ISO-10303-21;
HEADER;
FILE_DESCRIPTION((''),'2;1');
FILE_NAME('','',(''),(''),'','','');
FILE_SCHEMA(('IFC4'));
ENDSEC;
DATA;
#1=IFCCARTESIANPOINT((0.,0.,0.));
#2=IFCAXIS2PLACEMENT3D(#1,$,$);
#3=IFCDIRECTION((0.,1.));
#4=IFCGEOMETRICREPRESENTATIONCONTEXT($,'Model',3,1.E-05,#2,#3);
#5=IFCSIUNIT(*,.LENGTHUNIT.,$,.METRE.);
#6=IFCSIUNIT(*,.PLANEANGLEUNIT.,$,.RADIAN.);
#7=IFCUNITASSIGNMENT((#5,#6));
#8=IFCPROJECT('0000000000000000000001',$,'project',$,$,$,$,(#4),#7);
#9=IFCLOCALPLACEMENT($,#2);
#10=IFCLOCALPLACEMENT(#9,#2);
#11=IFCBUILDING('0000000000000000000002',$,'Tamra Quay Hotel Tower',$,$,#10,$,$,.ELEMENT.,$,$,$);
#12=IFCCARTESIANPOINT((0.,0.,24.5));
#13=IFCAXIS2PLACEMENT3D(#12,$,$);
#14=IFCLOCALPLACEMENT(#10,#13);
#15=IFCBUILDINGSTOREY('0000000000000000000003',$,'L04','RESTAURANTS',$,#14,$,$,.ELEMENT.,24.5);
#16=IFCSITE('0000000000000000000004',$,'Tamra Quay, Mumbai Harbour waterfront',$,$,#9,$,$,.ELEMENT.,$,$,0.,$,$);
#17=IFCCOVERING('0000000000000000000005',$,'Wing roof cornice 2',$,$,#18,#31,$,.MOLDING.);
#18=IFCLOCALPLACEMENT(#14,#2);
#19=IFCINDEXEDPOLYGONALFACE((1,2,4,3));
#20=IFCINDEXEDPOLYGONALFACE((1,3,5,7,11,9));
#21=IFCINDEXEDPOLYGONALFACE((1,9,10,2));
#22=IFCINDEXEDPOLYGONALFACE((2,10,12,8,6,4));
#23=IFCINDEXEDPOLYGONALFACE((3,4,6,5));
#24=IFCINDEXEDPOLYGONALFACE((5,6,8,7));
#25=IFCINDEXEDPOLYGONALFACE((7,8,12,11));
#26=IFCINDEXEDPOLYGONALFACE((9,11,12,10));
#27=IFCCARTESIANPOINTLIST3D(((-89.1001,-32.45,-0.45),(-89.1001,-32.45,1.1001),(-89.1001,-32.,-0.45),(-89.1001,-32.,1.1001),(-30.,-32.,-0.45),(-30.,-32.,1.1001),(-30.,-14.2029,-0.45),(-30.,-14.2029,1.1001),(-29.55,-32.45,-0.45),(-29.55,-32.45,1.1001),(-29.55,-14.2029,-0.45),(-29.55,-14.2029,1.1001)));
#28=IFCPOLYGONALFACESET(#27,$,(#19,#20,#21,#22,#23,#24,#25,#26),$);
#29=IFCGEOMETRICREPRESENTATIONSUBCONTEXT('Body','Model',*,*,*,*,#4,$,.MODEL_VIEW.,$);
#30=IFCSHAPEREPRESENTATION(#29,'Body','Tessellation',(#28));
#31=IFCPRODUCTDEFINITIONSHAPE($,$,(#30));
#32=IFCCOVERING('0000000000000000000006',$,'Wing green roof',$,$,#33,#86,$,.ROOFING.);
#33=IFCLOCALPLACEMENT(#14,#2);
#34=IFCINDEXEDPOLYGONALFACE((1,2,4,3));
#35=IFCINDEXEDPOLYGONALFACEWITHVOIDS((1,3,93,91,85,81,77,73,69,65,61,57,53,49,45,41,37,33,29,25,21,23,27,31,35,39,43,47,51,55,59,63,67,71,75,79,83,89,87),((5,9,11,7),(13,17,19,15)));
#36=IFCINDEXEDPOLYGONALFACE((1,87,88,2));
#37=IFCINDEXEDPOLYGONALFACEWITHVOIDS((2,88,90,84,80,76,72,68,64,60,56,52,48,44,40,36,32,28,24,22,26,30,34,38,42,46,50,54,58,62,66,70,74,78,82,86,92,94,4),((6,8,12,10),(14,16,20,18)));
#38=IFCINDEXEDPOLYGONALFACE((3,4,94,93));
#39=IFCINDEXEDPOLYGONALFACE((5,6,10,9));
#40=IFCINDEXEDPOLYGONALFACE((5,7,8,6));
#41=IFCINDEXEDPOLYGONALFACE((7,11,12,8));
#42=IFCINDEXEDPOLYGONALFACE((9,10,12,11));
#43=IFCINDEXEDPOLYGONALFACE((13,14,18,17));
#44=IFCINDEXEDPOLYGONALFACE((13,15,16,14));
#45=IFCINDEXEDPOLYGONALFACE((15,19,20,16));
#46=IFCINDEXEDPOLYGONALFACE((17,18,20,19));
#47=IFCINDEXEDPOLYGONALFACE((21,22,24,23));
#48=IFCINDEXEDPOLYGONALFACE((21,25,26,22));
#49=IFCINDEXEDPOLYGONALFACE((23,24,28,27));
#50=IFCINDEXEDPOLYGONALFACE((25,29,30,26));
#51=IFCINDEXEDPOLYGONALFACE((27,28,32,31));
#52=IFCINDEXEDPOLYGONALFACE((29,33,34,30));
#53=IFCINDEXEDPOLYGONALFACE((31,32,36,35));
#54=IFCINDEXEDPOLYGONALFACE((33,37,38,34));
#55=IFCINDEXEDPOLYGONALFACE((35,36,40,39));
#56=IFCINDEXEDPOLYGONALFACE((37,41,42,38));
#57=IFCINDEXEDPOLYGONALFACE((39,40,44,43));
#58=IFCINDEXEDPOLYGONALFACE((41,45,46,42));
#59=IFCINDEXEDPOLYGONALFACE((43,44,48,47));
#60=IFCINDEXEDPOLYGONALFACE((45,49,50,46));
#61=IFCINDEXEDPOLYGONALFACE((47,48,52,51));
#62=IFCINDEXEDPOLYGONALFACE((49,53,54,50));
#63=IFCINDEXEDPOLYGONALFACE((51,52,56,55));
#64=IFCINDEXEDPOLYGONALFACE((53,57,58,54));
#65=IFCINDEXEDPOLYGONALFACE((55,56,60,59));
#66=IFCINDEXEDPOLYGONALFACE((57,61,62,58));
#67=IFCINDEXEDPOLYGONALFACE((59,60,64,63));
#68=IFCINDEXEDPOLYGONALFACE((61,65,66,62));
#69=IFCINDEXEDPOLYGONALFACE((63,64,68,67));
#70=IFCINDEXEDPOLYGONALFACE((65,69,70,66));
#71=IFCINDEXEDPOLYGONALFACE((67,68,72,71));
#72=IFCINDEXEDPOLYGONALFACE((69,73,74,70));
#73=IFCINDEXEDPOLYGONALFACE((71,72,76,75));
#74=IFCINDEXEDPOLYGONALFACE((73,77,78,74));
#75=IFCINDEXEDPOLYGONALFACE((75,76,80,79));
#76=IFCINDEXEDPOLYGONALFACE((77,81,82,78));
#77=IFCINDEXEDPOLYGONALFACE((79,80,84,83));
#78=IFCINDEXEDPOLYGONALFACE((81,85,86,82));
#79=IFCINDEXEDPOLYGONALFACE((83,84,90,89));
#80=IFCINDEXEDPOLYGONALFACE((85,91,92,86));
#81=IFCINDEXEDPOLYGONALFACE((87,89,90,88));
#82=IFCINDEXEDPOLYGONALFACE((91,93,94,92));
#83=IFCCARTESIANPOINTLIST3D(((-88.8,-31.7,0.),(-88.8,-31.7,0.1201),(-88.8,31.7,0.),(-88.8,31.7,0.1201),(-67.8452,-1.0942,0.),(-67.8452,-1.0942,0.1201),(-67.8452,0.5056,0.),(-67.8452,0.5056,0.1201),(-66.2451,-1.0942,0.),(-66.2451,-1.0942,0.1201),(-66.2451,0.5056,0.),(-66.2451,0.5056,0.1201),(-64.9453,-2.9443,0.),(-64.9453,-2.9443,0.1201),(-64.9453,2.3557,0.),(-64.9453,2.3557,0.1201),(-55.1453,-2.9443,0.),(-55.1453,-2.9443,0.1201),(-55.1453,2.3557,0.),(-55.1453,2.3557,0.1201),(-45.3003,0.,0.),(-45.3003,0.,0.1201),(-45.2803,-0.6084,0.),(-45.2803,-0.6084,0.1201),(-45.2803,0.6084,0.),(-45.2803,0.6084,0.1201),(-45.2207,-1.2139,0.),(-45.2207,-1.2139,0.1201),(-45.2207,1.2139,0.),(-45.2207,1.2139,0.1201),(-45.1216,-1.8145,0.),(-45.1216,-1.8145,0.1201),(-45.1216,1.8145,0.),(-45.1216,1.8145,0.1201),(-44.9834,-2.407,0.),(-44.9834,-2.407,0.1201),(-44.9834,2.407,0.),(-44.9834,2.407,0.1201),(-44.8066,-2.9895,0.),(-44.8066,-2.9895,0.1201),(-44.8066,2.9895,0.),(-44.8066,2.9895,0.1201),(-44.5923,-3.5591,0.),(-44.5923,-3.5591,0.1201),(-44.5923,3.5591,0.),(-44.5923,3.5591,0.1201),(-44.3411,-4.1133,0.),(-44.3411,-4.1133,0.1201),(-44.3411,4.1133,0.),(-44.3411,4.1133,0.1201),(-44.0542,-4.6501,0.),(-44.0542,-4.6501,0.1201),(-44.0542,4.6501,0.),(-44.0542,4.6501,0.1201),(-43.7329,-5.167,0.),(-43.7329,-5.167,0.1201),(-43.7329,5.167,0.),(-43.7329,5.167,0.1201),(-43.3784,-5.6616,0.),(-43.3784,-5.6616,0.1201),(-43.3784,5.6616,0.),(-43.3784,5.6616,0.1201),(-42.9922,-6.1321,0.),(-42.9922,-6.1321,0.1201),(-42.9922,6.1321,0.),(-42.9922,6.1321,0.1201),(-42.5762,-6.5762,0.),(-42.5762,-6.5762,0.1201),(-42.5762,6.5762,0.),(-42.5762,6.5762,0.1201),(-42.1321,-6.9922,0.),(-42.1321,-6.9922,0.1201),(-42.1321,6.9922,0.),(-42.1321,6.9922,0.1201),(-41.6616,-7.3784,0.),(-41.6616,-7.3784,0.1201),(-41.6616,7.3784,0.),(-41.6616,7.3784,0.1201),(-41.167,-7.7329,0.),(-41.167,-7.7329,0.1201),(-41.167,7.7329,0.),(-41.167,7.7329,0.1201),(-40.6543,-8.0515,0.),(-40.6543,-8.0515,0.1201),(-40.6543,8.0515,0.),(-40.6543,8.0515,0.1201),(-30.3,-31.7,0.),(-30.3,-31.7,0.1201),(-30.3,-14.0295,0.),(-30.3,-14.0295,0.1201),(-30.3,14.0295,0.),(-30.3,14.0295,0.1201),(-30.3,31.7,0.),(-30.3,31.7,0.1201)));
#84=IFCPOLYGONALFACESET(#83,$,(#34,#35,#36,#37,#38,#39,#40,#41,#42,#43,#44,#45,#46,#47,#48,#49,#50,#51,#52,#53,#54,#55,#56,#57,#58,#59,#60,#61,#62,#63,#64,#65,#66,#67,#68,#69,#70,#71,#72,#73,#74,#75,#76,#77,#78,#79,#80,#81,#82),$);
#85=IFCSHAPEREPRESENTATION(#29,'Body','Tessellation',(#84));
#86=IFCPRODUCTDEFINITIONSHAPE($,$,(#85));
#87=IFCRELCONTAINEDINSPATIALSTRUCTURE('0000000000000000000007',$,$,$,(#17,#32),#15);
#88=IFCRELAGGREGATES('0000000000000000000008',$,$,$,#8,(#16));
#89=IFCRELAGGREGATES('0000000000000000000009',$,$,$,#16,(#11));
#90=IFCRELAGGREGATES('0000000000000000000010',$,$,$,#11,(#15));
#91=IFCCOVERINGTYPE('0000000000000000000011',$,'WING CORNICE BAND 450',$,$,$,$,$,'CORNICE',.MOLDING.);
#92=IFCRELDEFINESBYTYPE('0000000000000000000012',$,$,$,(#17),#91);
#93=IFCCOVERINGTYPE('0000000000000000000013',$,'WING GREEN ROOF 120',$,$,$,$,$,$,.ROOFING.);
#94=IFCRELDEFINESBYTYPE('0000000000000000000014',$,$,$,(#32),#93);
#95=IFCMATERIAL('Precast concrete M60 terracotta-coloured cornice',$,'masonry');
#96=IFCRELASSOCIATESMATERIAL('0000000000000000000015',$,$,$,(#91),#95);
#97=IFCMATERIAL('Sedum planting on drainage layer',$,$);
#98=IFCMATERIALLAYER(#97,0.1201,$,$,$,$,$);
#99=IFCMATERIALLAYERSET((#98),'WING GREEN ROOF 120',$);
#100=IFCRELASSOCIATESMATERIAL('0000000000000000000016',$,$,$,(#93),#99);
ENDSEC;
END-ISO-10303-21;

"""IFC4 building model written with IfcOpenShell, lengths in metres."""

from ifc_helpers import new_model, si_unit, direction, frame, origin, place, context, subcontext, project, spatial, polyline, outline, extrude, material, layer, layer_set, type_object, element, save


model = new_model("IFC4")

# Units and contexts
model_context = context("Model", 3, precision=1e-05, world=origin(), true_north=direction((0.0, 1.0)))
body_context = subcontext(model_context, "Body", "Model", "MODEL_VIEW")
ifc_project = project(units=[si_unit("LENGTHUNIT", "METRE"), si_unit("PLANEANGLEUNIT", "RADIAN")], contexts=[model_context])

# Site, building, storey
site_placement = place(None, origin())
site = spatial("IfcSite", under=ifc_project, at=site_placement, Name="Tamra Quay, Mumbai Harbour waterfront", CompositionType="ELEMENT", RefElevation=0.0)
building_placement = place(site_placement, origin())
building = spatial("IfcBuilding", under=site, at=building_placement, Name="Tamra Quay Hotel Tower", CompositionType="ELEMENT")
storey_placement = place(building_placement, frame((0.0, 0.0, 24.5)))
storey = spatial("IfcBuildingStorey", under=building, at=storey_placement, Name="L04", Description="RESTAURANTS", CompositionType="ELEMENT", Elevation=24.5)

# Coverings
ifc_material_1 = material(Name="Precast concrete M60 terracotta-coloured cornice", Category="masonry")
covering_type_1 = type_object("IfcCoveringType", Name="WING CORNICE BAND 450", ElementType="CORNICE", PredefinedType="MOLDING", material=ifc_material_1)
covering_1_placement = place(storey_placement, frame((0.0, 0.0, -0.45)))
element("IfcCovering", 1, at=covering_1_placement, inside=storey, type_object=covering_type_1, Name="Wing roof cornice 2", PredefinedType="MOLDING", context=body_context, shape_type="SweptSolid", body=[
    extrude(outline(polyline([(-89.1001, -32.0), (-89.1001, -32.45), (-29.55, -32.45), (-29.55, -14.2029), (-30.0, -14.2029), (-30.0, -32.0), (-89.1001, -32.0)])), origin(), (0.0, 0.0, 1.0), 1.55),
])
ifc_material_2 = material(Name="Sedum planting on drainage layer")
ifc_layer_1 = layer(ifc_material_2, 0.1201)
ifc_layer_set_1 = layer_set([ifc_layer_1], Name="WING GREEN ROOF 120")
covering_type_2 = type_object("IfcCoveringType", Name="WING GREEN ROOF 120", PredefinedType="ROOFING", material=ifc_layer_set_1)
covering_2_placement = place(storey_placement, origin())
element("IfcCovering", 2, at=covering_2_placement, inside=storey, type_object=covering_type_2, Name="Wing green roof", PredefinedType="ROOFING", context=body_context, shape_type="SweptSolid", body=[
    extrude(outline(polyline([(-88.8, 31.7), (-88.8, -31.7), (-30.3, -31.7), (-30.3, -14.0295), (-40.6543, -8.0515), (-41.167, -7.7329), (-41.6616, -7.3784), (-42.1321, -6.9922), (-42.5762, -6.5762), (-42.9922, -6.1321), (-43.3784, -5.6616), (-43.7329, -5.167), (-44.0542, -4.6501), (-44.3411, -4.1133), (-44.5923, -3.5591), (-44.8066, -2.9895), (-44.9834, -2.407), (-45.1216, -1.8145), (-45.2207, -1.2139), (-45.2803, -0.6084), (-45.3003, 0.0), (-45.2803, 0.6084), (-45.2207, 1.2139), (-45.1216, 1.8145), (-44.9834, 2.407), (-44.8066, 2.9895), (-44.5923, 3.5591), (-44.3411, 4.1133), (-44.0542, 4.6501), (-43.7329, 5.167), (-43.3784, 5.6616), (-42.9922, 6.1321), (-42.5762, 6.5762), (-42.1321, 6.9922), (-41.6616, 7.3784), (-41.167, 7.7329), (-40.6543, 8.0515), (-30.3, 14.0295), (-30.3, 31.7), (-88.8, 31.7)]), holes=[polyline([(-67.8452, -1.0942), (-66.2451, -1.0942), (-66.2451, 0.5056), (-67.8452, 0.5056), (-67.8452, -1.0942)]), polyline([(-64.9453, -2.9443), (-55.1453, -2.9443), (-55.1453, 2.3557), (-64.9453, 2.3557), (-64.9453, -2.9443)])]), origin(), (0.0, 0.0, 1.0), 0.1201),
])

save(model, "model.ifc")
